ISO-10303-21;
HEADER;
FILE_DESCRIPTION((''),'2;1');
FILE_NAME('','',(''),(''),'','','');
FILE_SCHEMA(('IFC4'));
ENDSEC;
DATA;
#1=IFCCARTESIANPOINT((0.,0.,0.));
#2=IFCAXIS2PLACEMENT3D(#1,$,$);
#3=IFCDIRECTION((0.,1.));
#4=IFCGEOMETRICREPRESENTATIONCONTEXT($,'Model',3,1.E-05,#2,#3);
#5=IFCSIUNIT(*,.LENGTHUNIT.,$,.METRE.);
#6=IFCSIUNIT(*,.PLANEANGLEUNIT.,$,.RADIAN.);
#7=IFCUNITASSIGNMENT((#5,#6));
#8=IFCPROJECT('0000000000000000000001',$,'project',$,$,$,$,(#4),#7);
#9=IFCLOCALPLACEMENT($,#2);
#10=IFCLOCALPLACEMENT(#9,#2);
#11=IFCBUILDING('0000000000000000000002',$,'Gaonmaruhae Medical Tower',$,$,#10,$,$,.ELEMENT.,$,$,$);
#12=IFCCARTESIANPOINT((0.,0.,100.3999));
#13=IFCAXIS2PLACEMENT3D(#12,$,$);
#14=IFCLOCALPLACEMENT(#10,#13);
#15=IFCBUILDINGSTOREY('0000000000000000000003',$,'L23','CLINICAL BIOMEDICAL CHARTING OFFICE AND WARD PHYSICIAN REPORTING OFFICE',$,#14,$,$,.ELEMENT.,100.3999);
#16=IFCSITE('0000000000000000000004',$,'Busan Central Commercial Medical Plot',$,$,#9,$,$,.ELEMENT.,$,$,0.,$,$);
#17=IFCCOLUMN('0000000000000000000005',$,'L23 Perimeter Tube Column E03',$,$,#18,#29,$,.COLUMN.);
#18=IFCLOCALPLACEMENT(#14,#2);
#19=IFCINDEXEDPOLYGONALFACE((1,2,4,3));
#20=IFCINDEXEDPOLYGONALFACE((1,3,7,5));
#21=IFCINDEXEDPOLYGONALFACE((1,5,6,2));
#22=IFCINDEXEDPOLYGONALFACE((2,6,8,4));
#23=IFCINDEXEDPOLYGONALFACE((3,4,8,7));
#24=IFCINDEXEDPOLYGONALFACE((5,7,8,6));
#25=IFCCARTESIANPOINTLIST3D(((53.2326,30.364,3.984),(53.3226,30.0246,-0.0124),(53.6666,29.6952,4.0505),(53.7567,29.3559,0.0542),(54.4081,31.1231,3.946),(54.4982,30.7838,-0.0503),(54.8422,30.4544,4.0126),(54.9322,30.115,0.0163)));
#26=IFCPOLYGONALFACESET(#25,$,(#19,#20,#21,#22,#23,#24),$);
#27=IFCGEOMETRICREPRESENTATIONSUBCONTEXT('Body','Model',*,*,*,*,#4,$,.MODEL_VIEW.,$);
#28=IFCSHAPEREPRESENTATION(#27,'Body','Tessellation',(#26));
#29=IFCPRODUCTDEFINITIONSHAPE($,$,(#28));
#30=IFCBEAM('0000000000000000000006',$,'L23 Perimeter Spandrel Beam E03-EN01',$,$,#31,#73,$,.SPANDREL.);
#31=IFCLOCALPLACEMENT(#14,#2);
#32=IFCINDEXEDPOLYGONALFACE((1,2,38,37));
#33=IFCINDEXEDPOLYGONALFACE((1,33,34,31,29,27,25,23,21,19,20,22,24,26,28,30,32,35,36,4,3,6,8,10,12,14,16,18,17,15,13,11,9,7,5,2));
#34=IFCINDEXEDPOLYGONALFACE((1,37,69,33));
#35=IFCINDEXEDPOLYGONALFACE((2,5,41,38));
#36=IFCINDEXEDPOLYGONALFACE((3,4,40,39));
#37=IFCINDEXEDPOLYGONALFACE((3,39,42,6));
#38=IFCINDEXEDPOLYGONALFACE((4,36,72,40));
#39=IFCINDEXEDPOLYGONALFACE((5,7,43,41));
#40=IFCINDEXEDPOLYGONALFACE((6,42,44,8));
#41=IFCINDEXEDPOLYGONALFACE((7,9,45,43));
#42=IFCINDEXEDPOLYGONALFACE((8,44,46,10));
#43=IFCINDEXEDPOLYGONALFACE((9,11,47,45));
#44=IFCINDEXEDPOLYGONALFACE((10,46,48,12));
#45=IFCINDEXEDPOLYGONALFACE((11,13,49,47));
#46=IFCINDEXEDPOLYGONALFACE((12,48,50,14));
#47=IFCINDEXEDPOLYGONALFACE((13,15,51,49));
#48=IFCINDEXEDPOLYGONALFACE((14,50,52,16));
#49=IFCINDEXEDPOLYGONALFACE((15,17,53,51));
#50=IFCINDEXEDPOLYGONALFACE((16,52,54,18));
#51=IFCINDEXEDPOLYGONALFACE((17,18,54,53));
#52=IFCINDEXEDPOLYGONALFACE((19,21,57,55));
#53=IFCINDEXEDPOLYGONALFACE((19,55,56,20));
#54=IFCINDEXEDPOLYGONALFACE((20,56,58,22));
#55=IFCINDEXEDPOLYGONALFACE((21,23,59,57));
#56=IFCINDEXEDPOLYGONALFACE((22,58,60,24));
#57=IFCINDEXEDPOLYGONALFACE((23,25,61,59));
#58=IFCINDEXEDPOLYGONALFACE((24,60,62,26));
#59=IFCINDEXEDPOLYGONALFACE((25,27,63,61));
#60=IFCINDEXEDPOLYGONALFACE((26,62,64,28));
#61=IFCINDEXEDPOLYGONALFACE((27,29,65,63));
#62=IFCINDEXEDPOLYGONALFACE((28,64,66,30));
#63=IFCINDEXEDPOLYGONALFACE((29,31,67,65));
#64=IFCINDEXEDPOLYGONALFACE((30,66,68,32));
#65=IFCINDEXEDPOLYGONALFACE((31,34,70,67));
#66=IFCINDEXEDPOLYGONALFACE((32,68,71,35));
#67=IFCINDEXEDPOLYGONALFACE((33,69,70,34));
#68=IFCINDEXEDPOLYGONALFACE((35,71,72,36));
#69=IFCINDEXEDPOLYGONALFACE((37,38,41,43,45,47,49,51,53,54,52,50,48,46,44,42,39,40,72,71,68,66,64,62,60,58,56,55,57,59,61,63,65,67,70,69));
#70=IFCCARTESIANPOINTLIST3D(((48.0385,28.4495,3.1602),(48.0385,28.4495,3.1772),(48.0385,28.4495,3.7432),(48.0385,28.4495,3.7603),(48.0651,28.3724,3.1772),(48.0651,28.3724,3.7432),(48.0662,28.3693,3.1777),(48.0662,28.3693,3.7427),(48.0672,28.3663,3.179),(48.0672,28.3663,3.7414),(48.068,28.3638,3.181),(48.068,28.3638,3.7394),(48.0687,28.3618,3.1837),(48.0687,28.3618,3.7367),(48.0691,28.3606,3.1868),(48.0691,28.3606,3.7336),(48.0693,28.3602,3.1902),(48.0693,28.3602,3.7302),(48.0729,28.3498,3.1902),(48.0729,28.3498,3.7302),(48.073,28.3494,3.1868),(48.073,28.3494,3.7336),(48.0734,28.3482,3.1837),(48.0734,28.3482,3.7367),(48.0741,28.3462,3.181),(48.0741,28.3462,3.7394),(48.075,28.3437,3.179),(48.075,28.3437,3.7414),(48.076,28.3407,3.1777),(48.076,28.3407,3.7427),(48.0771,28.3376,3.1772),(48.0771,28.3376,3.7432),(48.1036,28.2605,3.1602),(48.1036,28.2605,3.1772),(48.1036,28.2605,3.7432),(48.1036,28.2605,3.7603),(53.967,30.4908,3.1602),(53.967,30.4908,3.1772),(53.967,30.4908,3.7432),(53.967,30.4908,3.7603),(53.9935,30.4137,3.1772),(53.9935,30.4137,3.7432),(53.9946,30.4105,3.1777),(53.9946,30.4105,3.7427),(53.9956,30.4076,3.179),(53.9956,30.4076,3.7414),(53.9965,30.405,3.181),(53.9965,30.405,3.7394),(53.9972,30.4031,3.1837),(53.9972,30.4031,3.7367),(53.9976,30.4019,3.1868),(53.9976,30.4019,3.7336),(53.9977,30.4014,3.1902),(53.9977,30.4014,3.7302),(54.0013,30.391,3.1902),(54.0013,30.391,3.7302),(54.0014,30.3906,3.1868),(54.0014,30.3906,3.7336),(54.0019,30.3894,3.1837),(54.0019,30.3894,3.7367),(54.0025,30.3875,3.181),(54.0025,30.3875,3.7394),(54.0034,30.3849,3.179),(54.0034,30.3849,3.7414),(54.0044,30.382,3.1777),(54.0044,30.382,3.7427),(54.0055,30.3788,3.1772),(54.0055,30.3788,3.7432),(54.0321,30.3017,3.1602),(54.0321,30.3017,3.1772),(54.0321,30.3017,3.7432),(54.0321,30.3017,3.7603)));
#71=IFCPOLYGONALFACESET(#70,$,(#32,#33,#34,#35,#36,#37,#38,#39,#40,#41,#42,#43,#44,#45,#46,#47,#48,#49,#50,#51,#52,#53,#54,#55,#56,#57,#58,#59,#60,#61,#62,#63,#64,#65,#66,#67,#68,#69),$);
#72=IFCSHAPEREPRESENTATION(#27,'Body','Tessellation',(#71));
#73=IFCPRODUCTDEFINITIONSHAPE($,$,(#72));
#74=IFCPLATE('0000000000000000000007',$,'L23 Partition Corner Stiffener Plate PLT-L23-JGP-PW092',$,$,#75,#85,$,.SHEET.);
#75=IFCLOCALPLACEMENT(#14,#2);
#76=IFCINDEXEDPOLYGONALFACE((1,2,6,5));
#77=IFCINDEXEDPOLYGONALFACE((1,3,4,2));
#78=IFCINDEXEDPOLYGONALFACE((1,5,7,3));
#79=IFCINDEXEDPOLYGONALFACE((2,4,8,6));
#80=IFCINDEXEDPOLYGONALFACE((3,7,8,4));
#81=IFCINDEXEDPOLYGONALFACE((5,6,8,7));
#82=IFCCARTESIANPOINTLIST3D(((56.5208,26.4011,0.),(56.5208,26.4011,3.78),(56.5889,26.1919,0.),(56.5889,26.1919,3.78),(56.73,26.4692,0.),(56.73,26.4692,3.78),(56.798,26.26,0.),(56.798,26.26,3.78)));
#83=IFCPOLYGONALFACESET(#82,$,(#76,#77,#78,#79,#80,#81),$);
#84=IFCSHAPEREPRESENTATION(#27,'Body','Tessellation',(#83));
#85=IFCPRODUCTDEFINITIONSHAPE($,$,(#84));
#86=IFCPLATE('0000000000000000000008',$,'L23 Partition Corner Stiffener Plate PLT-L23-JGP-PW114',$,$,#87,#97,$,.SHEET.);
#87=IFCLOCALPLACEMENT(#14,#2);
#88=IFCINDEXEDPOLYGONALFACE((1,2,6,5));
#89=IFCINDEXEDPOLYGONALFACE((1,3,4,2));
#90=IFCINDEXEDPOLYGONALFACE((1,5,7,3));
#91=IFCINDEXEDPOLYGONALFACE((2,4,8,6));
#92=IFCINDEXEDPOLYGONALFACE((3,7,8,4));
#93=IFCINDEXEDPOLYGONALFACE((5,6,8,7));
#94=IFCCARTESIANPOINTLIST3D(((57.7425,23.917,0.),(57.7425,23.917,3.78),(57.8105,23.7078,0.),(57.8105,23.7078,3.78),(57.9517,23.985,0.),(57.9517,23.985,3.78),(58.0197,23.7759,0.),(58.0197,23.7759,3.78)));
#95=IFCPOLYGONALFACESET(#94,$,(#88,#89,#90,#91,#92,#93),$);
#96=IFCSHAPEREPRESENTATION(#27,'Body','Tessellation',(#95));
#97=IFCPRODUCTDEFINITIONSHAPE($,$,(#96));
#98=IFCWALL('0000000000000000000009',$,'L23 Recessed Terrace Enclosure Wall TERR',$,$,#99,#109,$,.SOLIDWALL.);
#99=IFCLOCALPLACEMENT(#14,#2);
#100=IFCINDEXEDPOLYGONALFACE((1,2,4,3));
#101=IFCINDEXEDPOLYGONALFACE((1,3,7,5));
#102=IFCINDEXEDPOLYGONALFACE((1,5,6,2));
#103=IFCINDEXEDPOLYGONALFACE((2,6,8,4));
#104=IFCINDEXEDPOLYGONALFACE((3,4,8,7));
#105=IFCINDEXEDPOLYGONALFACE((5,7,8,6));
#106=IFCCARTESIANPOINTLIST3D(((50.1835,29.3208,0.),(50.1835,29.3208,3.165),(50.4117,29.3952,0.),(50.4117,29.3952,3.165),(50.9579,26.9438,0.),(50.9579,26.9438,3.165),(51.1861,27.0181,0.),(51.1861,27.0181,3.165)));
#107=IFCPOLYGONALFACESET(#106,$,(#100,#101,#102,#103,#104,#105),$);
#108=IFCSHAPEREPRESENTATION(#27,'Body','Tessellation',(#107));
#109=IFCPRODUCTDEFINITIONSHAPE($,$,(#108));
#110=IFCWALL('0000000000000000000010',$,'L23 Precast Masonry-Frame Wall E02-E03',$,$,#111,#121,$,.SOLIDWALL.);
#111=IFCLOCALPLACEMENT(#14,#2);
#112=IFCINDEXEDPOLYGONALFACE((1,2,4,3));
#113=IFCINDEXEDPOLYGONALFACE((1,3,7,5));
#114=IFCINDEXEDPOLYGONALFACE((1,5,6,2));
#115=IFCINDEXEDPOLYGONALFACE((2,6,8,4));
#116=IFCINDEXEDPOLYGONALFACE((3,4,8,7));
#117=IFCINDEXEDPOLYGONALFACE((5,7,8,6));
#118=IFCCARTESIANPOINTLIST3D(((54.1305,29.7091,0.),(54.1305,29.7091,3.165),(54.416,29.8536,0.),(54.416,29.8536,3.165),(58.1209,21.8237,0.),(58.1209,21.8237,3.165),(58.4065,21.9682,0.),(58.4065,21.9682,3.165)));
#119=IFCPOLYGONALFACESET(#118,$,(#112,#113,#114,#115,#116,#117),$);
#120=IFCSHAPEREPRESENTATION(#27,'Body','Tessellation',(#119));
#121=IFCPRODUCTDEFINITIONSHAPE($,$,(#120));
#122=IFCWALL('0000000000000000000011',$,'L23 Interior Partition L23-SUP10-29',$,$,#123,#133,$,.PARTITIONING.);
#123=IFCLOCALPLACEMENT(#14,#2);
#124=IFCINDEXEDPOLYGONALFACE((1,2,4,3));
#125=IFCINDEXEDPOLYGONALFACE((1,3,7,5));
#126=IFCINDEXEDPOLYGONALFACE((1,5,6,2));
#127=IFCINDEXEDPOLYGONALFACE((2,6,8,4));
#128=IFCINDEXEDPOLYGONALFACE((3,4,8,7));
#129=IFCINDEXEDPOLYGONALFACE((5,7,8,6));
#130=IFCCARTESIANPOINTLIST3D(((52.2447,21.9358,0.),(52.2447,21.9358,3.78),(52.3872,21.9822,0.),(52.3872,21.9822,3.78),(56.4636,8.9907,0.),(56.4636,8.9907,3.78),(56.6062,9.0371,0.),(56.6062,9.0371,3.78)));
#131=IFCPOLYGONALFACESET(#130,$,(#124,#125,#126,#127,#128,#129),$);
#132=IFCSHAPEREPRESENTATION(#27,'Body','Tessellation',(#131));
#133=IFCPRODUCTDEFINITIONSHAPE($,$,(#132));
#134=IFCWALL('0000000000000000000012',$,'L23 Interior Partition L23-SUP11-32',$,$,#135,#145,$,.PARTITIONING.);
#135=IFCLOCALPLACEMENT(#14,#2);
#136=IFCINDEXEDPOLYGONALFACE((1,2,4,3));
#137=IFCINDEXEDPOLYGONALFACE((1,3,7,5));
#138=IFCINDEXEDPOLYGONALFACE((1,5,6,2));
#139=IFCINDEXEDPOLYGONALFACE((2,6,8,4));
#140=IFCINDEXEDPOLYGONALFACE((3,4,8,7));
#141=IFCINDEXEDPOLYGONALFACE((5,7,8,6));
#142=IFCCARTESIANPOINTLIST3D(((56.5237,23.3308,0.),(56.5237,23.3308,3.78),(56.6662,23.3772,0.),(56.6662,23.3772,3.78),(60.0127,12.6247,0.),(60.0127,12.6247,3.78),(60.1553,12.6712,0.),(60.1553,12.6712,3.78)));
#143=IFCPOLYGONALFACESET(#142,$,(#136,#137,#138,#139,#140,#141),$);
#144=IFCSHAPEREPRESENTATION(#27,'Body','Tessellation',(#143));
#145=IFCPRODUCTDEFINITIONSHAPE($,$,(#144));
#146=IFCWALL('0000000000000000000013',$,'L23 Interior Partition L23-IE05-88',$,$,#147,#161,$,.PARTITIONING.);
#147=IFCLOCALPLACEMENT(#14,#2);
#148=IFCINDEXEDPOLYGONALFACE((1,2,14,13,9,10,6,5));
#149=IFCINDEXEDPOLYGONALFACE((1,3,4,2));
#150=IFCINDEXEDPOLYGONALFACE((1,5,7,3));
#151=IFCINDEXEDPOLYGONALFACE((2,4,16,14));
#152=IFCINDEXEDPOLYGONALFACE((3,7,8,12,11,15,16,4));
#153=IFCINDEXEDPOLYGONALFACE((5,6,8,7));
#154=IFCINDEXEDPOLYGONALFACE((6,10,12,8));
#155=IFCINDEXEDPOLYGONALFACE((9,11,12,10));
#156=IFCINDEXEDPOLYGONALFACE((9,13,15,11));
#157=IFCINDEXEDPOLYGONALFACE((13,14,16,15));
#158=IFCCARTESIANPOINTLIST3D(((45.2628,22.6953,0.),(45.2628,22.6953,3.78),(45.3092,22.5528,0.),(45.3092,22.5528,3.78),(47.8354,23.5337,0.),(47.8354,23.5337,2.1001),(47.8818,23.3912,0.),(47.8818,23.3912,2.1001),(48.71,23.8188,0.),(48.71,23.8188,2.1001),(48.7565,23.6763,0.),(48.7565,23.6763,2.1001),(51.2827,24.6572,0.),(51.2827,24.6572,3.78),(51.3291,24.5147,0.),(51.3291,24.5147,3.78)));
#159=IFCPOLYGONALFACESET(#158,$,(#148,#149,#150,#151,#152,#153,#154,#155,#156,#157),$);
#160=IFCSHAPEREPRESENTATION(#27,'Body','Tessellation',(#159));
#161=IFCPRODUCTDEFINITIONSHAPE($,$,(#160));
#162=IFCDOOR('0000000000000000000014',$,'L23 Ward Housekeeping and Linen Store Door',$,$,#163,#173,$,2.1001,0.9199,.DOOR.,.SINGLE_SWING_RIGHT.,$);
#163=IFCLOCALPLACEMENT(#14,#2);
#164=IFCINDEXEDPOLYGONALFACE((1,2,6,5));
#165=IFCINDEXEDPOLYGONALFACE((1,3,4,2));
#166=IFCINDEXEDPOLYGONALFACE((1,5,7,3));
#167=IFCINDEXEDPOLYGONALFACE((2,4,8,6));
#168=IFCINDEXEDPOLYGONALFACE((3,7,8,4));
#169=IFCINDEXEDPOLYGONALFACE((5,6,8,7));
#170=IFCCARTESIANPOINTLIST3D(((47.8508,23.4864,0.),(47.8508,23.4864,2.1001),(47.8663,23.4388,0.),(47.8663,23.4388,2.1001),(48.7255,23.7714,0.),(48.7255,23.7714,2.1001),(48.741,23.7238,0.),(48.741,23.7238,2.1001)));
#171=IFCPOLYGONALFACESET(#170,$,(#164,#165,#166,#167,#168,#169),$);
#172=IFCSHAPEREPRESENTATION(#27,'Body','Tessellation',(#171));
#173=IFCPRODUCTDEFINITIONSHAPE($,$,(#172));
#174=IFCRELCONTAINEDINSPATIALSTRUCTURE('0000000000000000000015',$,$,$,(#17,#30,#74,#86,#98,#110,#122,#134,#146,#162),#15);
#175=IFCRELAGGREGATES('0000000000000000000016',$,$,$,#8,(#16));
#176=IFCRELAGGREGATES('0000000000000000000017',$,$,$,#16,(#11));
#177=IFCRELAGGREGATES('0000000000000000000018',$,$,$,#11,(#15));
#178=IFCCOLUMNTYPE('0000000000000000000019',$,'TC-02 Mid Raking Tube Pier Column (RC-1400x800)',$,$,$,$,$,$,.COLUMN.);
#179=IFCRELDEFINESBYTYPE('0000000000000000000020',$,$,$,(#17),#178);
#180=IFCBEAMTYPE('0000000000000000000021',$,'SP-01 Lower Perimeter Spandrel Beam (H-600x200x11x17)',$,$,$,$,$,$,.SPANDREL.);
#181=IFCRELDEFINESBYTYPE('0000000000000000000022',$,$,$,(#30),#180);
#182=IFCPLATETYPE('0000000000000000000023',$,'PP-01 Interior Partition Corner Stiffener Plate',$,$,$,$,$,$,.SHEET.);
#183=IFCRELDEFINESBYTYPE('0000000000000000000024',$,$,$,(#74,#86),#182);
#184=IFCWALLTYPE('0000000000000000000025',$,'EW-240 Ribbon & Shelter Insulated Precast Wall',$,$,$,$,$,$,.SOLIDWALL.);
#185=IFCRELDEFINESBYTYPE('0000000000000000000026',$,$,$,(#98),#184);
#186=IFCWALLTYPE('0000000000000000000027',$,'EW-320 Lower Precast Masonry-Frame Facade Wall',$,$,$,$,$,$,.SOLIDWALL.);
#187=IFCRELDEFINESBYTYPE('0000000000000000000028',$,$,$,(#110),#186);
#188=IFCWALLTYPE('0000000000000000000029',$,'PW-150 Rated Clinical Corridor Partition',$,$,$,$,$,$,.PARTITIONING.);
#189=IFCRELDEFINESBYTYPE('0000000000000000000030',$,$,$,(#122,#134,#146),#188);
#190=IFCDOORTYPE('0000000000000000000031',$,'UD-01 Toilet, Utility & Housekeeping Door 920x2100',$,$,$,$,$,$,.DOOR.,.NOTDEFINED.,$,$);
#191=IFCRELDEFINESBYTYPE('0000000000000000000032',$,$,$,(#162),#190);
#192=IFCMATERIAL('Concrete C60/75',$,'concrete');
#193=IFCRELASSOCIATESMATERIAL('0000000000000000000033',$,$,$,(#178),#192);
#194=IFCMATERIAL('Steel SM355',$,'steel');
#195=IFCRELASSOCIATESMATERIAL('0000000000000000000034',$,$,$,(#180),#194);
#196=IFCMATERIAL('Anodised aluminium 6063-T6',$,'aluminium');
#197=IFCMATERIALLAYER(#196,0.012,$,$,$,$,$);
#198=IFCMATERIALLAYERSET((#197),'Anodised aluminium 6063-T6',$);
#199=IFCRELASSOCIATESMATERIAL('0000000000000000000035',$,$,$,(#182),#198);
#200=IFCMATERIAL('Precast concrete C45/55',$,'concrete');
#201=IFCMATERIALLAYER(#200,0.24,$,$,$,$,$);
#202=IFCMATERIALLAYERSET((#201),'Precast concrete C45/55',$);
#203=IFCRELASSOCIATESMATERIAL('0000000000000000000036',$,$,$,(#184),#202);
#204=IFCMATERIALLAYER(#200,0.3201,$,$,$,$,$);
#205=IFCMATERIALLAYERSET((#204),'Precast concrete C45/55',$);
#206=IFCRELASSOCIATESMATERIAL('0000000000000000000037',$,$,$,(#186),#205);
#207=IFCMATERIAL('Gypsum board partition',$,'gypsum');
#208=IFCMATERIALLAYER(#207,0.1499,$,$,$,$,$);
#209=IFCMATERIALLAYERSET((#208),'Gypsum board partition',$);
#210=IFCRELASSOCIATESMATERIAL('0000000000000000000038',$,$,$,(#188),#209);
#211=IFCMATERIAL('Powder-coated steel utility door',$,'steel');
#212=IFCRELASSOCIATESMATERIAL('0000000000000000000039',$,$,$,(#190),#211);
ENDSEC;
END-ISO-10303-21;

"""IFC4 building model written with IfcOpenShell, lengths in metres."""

from ifc_helpers import new_model, si_unit, direction, frame, frame_2d, origin, origin_2d, place, context, subcontext, project, spatial, rectangle, i_section, extrude, material, layer, layer_set, material_profile, profile_set, type_object, element, fill, save


model = new_model("IFC4")

# Units and contexts
model_context = context("Model", 3, precision=1e-05, world=origin(), true_north=direction((0.0, 1.0)))
body_context = subcontext(model_context, "Body", "Model", "MODEL_VIEW")
ifc_project = project(units=[si_unit("LENGTHUNIT", "METRE"), si_unit("PLANEANGLEUNIT", "RADIAN")], contexts=[model_context])

# Site, building, storey
site_placement = place(None, origin())
site = spatial("IfcSite", under=ifc_project, at=site_placement, Name="Busan Central Commercial Medical Plot", CompositionType="ELEMENT", RefElevation=0.0)
building_placement = place(site_placement, origin())
building = spatial("IfcBuilding", under=site, at=building_placement, Name="Gaonmaruhae Medical Tower", CompositionType="ELEMENT")
storey_placement = place(building_placement, frame((0.0, 0.0, 100.3999)))
storey = spatial("IfcBuildingStorey", under=building, at=storey_placement, Name="L23", Description="CLINICAL BIOMEDICAL CHARTING OFFICE AND WARD PHYSICIAN REPORTING OFFICE", CompositionType="ELEMENT", Elevation=100.3999)

# Column
ifc_material_1 = material(Name="Concrete C60/75", Category="concrete")
ifc_material_profile_1 = material_profile(ifc_material_1, rectangle(XDim=1.3999, YDim=0.8, at=origin_2d()), Name="RC-1400x800")
ifc_profile_set_1 = profile_set([ifc_material_profile_1], Name="Concrete C60/75")
column_type = type_object("IfcColumnType", Name="TC-02 Mid Raking Tube Pier Column (RC-1400x800)", PredefinedType="COLUMN", material=ifc_profile_set_1)
column_placement = place(storey_placement, frame((54.1274, 30.0698, 0.002), z_axis=(-0.022456, 0.084591, 0.996163), x_axis=(-0.839761, -0.542278, 0.027118)))
element("IfcColumn", 1, at=column_placement, inside=storey, type_object=column_type, Name="L23 Perimeter Tube Column E03", PredefinedType="COLUMN", context=body_context, shape_type="SweptSolid", body=[
    extrude(rectangle(XDim=1.3999, YDim=0.8, at=origin_2d()), origin(), (0.0, 0.0, 1.0), 4.0117),
])

# Beam
ifc_material_2 = material(Name="Steel SM355", Category="steel")
ifc_material_profile_2 = material_profile(ifc_material_2, i_section(OverallWidth=0.2, OverallDepth=0.6001, WebThickness=0.011, FlangeThickness=0.0171, FilletRadius=0.0129, at=origin_2d()), Name="H-600x200x11x17")
ifc_profile_set_2 = profile_set([ifc_material_profile_2], Name="Steel SM355")
beam_type = type_object("IfcBeamType", Name="SP-01 Lower Perimeter Spandrel Beam (H-600x200x11x17)", PredefinedType="SPANDREL", material=ifc_profile_set_2)
beam_placement = place(storey_placement, frame((53.9995, 30.3962, 3.4602), z_axis=(-0.945522, -0.325557, 0.0), x_axis=(0.325557, -0.945522, 0.0)))
element("IfcBeam", 2, at=beam_placement, inside=storey, type_object=beam_type, Name="L23 Perimeter Spandrel Beam E03-EN01", PredefinedType="SPANDREL", context=body_context, shape_type="SweptSolid", body=[
    extrude(i_section(OverallWidth=0.2, OverallDepth=0.6001, WebThickness=0.011, FlangeThickness=0.0171, FilletRadius=0.0129, at=origin_2d()), origin(), (0.0, 0.0, 1.0), 6.27),
])

# Plates
ifc_material_3 = material(Name="Anodised aluminium 6063-T6", Category="aluminium")
ifc_layer_1 = layer(ifc_material_3, 0.012)
ifc_layer_set_1 = layer_set([ifc_layer_1], Name="Anodised aluminium 6063-T6")
plate_type = type_object("IfcPlateType", Name="PP-01 Interior Partition Corner Stiffener Plate", PredefinedType="SHEET", material=ifc_layer_set_1)
for number, where, z_axis, x_axis, name in (
    (3, (56.6594, 26.3306, 0.0), (0.0, 0.0, 1.0), (-0.950927, -0.309415, 0.0), "L23 Partition Corner Stiffener Plate PLT-L23-JGP-PW092"),
    (4, (57.8811, 23.8464, 0.0), (0.0, 0.0, 1.0), (0.950981, 0.309249, 0.0), "L23 Partition Corner Stiffener Plate PLT-L23-JGP-PW114"),
):
    element("IfcPlate", number, at=place(storey_placement, frame(where, z_axis=z_axis, x_axis=x_axis)), inside=storey, type_object=plate_type, Name=name, PredefinedType="SHEET", context=body_context, shape_type="SweptSolid", body=[
        extrude(rectangle(XDim=0.22, YDim=0.22, at=origin_2d()), origin(), (0.0, 0.0, 1.0), 3.78),
    ])

# Walls
ifc_material_4 = material(Name="Precast concrete C45/55", Category="concrete")
ifc_layer_2 = layer(ifc_material_4, 0.24)
ifc_layer_set_2 = layer_set([ifc_layer_2], Name="Precast concrete C45/55")
wall_type_1 = type_object("IfcWallType", Name="EW-240 Ribbon & Shelter Insulated Precast Wall", PredefinedType="SOLIDWALL", material=ifc_layer_set_2)
wall_1_placement = place(storey_placement, frame((51.072, 26.981, 0.0), z_axis=(0.0, 0.0, 1.0), x_axis=(-0.309775, 0.95081, 0.0)))
element("IfcWall", 5, at=wall_1_placement, inside=storey, type_object=wall_type_1, Name="L23 Recessed Terrace Enclosure Wall TERR", PredefinedType="SOLIDWALL", context=body_context, shape_type="SweptSolid", body=[
    extrude(rectangle(XDim=2.5, YDim=0.24, at=frame_2d((1.25, 0.0))), origin(), (0.0, 0.0, 1.0), 3.165),
])
ifc_layer_3 = layer(ifc_material_4, 0.3201)
ifc_layer_set_3 = layer_set([ifc_layer_3], Name="Precast concrete C45/55")
wall_type_2 = type_object("IfcWallType", Name="EW-320 Lower Precast Masonry-Frame Facade Wall", PredefinedType="SOLIDWALL", material=ifc_layer_set_3)
wall_2_placement = place(storey_placement, frame((54.2732, 29.7815, 0.0), z_axis=(0.0, 0.0, 1.0), x_axis=(0.451529, -0.892256, 0.0)))
element("IfcWall", 6, at=wall_2_placement, inside=storey, type_object=wall_type_2, Name="L23 Precast Masonry-Frame Wall E02-E03", PredefinedType="SOLIDWALL", context=body_context, shape_type="SweptSolid", body=[
    extrude(rectangle(XDim=8.8376, YDim=0.3201, at=frame_2d((4.4189, 0.0))), origin(), (0.0, 0.0, 1.0), 3.165),
])
ifc_material_5 = material(Name="Gypsum board partition", Category="gypsum")
ifc_layer_4 = layer(ifc_material_5, 0.1499)
ifc_layer_set_4 = layer_set([ifc_layer_4], Name="Gypsum board partition")
wall_type_3 = type_object("IfcWallType", Name="PW-150 Rated Clinical Corridor Partition", PredefinedType="PARTITIONING", material=ifc_layer_set_4)
wall_3_placement = place(storey_placement, frame((52.3159, 21.959, 0.0), z_axis=(0.0, 0.0, 1.0), x_axis=(0.309873, -0.950778, 0.0)))
element("IfcWall", 7, at=wall_3_placement, inside=storey, type_object=wall_type_3, Name="L23 Interior Partition L23-SUP10-29", PredefinedType="PARTITIONING", context=body_context, shape_type="SweptSolid", body=[
    extrude(rectangle(XDim=13.6152, YDim=0.1499, at=frame_2d((6.8076, 0.0))), origin(), (0.0, 0.0, 1.0), 3.78),
])

# Wall
wall_4_placement = place(storey_placement, frame((56.595, 23.354, 0.0), z_axis=(0.0, 0.0, 1.0), x_axis=(0.309853, -0.950785, 0.0)))
element("IfcWall", 8, at=wall_4_placement, inside=storey, type_object=wall_type_3, Name="L23 Interior Partition L23-SUP11-32", PredefinedType="PARTITIONING", context=body_context, shape_type="SweptSolid", body=[
    extrude(rectangle(XDim=11.2603, YDim=0.1499, at=frame_2d((5.6301, 0.0))), origin(), (0.0, 0.0, 1.0), 3.78),
])

# Wall, opening, door
wall_5_placement = place(storey_placement, frame((51.3059, 24.5859, 0.0), z_axis=(0.0, 0.0, 1.0), x_axis=(-0.950783, -0.309858, 0.0)))
wall_5 = element("IfcWall", 9, at=wall_5_placement, inside=storey, type_object=wall_type_3, Name="L23 Interior Partition L23-IE05-88", PredefinedType="PARTITIONING", context=body_context, shape_type="SweptSolid", body=[
    extrude(rectangle(XDim=6.3315, YDim=0.1499, at=frame_2d((3.1658, 0.0))), origin(), (0.0, 0.0, 1.0), 3.78),
])
opening_1_placement = place(wall_5_placement, frame((2.7058, 0.0, 0.0)))
opening_1 = element("IfcOpeningElement", 10, at=opening_1_placement, cuts=wall_5, PredefinedType="OPENING", context=body_context, shape_type="SweptSolid", body=[
    extrude(rectangle(XDim=0.9199, YDim=2.1001, at=frame_2d((0.46, 1.05))), frame((0.0, 0.085, 0.0), z_axis=(0.0, -1.0, 0.0), x_axis=(1.0, 0.0, 0.0)), (0.0, 0.0, 1.0), 0.1699),
])
ifc_material_6 = material(Name="Powder-coated steel utility door", Category="steel")
door_type_1 = type_object("IfcDoorType", Name="UD-01 Toilet, Utility & Housekeeping Door 920x2100", OperationType="NOTDEFINED", PredefinedType="DOOR", material=ifc_material_6)
door_1_placement = place(opening_1_placement, origin())
door_1 = element("IfcDoor", 11, at=door_1_placement, inside=storey, type_object=door_type_1, Name="L23 Ward Housekeeping and Linen Store Door", OperationType="SINGLE_SWING_RIGHT", OverallHeight=2.1001, OverallWidth=0.9199, PredefinedType="DOOR", context=body_context, shape_type="SweptSolid", body=[
    extrude(rectangle(XDim=0.9199, YDim=2.1001, at=frame_2d((0.46, 1.05))), frame((0.0, 0.0249, 0.0), z_axis=(0.0, -1.0, 0.0), x_axis=(1.0, 0.0, 0.0)), (0.0, 0.0, 1.0), 0.05),
])
fill(opening_1, door_1)

save(model, "model.ifc")
